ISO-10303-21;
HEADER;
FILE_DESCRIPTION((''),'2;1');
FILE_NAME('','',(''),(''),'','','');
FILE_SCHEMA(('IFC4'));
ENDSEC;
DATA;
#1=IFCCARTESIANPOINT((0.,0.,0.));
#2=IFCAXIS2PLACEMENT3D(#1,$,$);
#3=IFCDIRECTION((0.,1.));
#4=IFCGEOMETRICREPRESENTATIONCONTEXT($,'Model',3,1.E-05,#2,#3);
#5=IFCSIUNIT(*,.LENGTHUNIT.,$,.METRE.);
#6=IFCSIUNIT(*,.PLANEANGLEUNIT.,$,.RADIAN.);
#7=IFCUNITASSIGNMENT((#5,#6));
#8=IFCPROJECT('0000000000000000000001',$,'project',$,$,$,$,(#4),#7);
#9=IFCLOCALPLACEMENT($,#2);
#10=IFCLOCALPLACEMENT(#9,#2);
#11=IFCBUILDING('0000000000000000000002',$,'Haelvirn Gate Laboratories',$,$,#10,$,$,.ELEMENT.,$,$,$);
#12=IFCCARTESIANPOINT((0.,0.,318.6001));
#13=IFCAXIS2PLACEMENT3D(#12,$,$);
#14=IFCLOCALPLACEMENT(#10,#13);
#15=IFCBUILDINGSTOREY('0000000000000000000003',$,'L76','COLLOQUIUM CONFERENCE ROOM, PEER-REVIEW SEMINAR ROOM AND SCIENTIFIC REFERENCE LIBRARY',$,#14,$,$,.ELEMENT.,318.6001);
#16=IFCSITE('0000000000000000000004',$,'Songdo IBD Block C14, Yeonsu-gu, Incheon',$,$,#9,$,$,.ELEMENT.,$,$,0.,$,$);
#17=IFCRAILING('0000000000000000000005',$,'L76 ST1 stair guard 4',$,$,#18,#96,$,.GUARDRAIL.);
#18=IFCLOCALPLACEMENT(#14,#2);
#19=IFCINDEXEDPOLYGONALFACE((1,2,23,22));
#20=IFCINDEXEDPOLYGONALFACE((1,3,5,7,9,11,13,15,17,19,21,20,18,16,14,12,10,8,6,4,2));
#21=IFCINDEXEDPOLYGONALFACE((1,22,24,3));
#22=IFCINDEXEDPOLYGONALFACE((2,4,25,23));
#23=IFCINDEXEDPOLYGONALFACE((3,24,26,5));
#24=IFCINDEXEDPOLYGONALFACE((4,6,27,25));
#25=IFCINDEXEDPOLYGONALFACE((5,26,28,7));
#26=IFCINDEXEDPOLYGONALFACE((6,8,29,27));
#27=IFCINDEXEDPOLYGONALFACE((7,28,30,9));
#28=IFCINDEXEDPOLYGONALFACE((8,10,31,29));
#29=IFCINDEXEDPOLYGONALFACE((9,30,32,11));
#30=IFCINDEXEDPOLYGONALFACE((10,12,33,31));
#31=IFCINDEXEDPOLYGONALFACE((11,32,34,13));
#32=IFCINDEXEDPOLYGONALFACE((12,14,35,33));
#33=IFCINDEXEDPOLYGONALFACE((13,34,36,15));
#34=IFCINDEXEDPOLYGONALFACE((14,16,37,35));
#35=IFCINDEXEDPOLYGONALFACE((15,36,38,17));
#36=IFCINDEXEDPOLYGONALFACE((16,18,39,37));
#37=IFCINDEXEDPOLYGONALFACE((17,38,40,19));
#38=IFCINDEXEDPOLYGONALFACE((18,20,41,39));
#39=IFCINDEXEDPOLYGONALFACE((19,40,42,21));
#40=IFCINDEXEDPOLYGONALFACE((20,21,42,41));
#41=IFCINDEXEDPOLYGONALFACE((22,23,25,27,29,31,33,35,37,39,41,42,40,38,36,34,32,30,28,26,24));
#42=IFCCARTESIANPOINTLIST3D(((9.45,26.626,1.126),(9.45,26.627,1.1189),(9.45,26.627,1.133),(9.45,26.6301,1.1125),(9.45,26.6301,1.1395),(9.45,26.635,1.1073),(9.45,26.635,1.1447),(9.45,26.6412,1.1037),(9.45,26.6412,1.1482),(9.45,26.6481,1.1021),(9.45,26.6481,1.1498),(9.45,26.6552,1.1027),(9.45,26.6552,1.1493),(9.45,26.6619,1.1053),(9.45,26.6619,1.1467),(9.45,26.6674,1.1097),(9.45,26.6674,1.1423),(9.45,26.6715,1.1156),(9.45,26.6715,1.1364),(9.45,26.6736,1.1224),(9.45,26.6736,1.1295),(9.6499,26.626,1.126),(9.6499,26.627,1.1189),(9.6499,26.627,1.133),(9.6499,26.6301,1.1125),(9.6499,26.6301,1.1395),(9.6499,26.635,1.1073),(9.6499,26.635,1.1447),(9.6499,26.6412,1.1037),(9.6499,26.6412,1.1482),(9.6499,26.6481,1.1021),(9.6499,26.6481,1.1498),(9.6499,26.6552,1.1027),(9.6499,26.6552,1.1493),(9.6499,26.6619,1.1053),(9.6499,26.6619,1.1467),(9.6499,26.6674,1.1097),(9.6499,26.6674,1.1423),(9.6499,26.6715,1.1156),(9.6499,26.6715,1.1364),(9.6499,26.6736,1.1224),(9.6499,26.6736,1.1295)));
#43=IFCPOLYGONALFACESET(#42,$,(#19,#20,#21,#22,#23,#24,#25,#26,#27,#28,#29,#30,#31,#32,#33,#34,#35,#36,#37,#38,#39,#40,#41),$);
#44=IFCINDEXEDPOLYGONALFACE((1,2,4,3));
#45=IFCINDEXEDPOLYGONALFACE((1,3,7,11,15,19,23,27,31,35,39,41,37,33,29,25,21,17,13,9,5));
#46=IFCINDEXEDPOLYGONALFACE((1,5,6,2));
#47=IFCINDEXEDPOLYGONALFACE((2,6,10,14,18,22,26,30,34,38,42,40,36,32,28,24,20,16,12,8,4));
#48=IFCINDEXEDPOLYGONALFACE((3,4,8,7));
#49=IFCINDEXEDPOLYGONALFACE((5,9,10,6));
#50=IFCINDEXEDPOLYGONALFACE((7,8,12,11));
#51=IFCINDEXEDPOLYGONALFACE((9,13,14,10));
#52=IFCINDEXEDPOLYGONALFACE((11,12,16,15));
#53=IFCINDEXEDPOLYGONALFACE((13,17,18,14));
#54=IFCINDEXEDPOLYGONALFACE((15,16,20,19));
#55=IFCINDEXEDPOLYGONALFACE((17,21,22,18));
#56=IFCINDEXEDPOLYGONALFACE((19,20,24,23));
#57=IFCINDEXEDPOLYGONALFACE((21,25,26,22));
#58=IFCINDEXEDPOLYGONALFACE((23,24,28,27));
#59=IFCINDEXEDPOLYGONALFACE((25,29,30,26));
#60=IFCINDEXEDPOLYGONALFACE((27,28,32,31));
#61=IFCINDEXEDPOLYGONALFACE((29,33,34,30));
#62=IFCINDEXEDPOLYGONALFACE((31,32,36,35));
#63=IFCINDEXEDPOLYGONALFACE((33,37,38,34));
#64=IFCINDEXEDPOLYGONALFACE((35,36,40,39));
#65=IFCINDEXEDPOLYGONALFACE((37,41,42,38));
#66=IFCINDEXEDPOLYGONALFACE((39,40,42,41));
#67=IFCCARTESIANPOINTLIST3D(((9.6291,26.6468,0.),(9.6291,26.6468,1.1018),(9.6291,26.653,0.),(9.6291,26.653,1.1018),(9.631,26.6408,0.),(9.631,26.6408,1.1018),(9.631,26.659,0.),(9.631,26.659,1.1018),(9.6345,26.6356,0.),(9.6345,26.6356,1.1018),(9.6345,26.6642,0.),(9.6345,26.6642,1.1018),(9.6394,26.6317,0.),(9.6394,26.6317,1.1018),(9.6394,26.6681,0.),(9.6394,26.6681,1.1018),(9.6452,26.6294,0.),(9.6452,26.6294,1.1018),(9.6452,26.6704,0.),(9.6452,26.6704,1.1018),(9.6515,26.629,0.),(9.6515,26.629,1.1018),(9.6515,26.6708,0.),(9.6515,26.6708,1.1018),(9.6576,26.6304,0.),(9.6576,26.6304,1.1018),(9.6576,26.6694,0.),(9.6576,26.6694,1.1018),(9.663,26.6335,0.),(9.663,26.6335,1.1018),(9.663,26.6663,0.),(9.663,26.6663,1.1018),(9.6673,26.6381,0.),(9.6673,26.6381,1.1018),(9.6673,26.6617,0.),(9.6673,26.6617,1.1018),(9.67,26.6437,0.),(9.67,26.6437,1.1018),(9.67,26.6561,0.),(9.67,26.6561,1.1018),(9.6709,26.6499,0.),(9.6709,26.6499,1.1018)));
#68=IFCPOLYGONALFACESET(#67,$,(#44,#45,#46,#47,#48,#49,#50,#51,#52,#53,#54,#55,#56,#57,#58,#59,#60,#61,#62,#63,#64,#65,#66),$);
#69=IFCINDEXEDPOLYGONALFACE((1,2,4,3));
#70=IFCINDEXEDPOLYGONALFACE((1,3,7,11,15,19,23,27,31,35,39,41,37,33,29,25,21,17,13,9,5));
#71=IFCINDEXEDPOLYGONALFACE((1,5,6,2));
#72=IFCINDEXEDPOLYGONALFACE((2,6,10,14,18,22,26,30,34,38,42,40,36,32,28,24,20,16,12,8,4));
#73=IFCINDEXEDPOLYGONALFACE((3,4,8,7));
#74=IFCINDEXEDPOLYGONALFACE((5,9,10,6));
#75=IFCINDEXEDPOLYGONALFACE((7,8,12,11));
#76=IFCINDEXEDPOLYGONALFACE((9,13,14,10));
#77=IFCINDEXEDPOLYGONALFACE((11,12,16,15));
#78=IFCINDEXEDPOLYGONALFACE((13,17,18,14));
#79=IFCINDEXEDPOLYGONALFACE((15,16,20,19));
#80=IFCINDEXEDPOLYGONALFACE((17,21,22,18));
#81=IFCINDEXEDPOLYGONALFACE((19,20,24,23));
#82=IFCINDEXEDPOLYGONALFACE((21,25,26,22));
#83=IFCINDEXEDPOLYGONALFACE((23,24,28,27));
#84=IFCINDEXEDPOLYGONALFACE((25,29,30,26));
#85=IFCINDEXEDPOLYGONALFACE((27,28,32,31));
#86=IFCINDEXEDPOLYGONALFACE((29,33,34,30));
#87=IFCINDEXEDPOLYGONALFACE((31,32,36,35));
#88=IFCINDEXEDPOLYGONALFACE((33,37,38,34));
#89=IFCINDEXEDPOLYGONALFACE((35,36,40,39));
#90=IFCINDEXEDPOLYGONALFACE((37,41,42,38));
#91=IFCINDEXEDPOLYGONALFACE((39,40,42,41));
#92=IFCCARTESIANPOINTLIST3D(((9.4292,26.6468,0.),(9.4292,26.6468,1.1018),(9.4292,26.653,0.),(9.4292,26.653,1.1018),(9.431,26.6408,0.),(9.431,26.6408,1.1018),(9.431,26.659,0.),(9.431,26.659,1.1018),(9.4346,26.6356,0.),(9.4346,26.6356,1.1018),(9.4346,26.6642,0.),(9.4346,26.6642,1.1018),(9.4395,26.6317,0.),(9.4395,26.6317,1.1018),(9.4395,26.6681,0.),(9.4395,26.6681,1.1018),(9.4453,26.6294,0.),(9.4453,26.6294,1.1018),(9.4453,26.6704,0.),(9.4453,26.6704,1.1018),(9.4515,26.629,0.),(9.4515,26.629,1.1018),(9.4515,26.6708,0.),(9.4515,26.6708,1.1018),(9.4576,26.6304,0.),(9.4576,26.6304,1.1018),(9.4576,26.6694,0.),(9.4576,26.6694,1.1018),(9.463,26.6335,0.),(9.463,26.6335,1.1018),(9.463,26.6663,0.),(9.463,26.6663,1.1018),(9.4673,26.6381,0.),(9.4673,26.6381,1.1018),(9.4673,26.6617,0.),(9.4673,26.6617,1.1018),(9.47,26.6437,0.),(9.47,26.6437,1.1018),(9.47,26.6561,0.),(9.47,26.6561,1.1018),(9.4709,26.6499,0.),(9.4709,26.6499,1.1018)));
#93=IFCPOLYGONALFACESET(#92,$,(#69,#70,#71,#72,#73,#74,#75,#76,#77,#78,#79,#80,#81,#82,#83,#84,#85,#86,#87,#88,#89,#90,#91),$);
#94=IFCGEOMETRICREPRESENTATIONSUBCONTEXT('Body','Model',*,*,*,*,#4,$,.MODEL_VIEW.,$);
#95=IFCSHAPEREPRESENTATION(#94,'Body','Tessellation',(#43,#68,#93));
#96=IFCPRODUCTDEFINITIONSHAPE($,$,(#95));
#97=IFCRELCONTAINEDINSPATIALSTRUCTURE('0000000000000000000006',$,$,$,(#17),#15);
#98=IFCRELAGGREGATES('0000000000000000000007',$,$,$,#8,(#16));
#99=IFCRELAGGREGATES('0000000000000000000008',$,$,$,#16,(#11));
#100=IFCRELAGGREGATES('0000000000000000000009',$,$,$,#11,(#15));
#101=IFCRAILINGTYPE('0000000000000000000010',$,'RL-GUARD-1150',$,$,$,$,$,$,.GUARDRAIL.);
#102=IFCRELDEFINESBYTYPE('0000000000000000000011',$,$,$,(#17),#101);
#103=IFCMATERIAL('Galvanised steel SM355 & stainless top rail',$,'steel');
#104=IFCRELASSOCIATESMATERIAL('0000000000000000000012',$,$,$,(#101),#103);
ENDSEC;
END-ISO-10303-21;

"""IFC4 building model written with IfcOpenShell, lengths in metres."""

from ifc_helpers import new_model, si_unit, direction, frame, origin, origin_2d, place, context, subcontext, project, spatial, circle, extrude, source, transform, mapped, material, type_object, element, save


model = new_model("IFC4")

# Units and contexts
model_context = context("Model", 3, precision=1e-05, world=origin(), true_north=direction((0.0, 1.0)))
body_context = subcontext(model_context, "Body", "Model", "MODEL_VIEW")
ifc_project = project(units=[si_unit("LENGTHUNIT", "METRE"), si_unit("PLANEANGLEUNIT", "RADIAN")], contexts=[model_context])

# Site, building, storey
site_placement = place(None, origin())
site = spatial("IfcSite", under=ifc_project, at=site_placement, Name="Songdo IBD Block C14, Yeonsu-gu, Incheon", CompositionType="ELEMENT", RefElevation=0.0)
building_placement = place(site_placement, origin())
building = spatial("IfcBuilding", under=site, at=building_placement, Name="Haelvirn Gate Laboratories", CompositionType="ELEMENT")
storey_placement = place(building_placement, frame((0.0, 0.0, 318.6001)))
storey = spatial("IfcBuildingStorey", under=building, at=storey_placement, Name="L76", Description="COLLOQUIUM CONFERENCE ROOM, PEER-REVIEW SEMINAR ROOM AND SCIENTIFIC REFERENCE LIBRARY", CompositionType="ELEMENT", Elevation=318.6001)

# Railing
ifc_material_1 = material(Name="Galvanised steel SM355 & stainless top rail", Category="steel")
railing_type_1 = type_object("IfcRailingType", Name="RL-GUARD-1150", PredefinedType="GUARDRAIL", material=ifc_material_1)
shared_shape_1 = source(origin(), body_context, "Body", "SweptSolid", [
    extrude(circle(Radius=0.0239, at=origin_2d()), frame((0.0, 0.0, 1.126), z_axis=(-1.0, 0.0, 0.0), x_axis=(0.0, -1.0, 0.0)), (0.0, 0.0, 1.0), 0.2),
    extrude(circle(Radius=0.021, at=origin_2d()), origin(), (0.0, 0.0, 1.0), 1.1018),
    extrude(circle(Radius=0.021, at=origin_2d()), frame((-0.2, 0.0, 0.0)), (0.0, 0.0, 1.0), 1.1018),
])
for number, where, name in (
    (1, (9.6499, 26.6499, 0.0), "L76 ST1 stair guard 4"),
):
    element("IfcRailing", number, at=place(storey_placement, frame(where)), inside=storey, type_object=railing_type_1, Name=name, PredefinedType="GUARDRAIL", context=body_context, shape_type="MappedRepresentation", body=[
        mapped(shared_shape_1, transform((0.0, 0.0, 0.0), scale=1.0)),
    ])

save(model, "model.ifc")
